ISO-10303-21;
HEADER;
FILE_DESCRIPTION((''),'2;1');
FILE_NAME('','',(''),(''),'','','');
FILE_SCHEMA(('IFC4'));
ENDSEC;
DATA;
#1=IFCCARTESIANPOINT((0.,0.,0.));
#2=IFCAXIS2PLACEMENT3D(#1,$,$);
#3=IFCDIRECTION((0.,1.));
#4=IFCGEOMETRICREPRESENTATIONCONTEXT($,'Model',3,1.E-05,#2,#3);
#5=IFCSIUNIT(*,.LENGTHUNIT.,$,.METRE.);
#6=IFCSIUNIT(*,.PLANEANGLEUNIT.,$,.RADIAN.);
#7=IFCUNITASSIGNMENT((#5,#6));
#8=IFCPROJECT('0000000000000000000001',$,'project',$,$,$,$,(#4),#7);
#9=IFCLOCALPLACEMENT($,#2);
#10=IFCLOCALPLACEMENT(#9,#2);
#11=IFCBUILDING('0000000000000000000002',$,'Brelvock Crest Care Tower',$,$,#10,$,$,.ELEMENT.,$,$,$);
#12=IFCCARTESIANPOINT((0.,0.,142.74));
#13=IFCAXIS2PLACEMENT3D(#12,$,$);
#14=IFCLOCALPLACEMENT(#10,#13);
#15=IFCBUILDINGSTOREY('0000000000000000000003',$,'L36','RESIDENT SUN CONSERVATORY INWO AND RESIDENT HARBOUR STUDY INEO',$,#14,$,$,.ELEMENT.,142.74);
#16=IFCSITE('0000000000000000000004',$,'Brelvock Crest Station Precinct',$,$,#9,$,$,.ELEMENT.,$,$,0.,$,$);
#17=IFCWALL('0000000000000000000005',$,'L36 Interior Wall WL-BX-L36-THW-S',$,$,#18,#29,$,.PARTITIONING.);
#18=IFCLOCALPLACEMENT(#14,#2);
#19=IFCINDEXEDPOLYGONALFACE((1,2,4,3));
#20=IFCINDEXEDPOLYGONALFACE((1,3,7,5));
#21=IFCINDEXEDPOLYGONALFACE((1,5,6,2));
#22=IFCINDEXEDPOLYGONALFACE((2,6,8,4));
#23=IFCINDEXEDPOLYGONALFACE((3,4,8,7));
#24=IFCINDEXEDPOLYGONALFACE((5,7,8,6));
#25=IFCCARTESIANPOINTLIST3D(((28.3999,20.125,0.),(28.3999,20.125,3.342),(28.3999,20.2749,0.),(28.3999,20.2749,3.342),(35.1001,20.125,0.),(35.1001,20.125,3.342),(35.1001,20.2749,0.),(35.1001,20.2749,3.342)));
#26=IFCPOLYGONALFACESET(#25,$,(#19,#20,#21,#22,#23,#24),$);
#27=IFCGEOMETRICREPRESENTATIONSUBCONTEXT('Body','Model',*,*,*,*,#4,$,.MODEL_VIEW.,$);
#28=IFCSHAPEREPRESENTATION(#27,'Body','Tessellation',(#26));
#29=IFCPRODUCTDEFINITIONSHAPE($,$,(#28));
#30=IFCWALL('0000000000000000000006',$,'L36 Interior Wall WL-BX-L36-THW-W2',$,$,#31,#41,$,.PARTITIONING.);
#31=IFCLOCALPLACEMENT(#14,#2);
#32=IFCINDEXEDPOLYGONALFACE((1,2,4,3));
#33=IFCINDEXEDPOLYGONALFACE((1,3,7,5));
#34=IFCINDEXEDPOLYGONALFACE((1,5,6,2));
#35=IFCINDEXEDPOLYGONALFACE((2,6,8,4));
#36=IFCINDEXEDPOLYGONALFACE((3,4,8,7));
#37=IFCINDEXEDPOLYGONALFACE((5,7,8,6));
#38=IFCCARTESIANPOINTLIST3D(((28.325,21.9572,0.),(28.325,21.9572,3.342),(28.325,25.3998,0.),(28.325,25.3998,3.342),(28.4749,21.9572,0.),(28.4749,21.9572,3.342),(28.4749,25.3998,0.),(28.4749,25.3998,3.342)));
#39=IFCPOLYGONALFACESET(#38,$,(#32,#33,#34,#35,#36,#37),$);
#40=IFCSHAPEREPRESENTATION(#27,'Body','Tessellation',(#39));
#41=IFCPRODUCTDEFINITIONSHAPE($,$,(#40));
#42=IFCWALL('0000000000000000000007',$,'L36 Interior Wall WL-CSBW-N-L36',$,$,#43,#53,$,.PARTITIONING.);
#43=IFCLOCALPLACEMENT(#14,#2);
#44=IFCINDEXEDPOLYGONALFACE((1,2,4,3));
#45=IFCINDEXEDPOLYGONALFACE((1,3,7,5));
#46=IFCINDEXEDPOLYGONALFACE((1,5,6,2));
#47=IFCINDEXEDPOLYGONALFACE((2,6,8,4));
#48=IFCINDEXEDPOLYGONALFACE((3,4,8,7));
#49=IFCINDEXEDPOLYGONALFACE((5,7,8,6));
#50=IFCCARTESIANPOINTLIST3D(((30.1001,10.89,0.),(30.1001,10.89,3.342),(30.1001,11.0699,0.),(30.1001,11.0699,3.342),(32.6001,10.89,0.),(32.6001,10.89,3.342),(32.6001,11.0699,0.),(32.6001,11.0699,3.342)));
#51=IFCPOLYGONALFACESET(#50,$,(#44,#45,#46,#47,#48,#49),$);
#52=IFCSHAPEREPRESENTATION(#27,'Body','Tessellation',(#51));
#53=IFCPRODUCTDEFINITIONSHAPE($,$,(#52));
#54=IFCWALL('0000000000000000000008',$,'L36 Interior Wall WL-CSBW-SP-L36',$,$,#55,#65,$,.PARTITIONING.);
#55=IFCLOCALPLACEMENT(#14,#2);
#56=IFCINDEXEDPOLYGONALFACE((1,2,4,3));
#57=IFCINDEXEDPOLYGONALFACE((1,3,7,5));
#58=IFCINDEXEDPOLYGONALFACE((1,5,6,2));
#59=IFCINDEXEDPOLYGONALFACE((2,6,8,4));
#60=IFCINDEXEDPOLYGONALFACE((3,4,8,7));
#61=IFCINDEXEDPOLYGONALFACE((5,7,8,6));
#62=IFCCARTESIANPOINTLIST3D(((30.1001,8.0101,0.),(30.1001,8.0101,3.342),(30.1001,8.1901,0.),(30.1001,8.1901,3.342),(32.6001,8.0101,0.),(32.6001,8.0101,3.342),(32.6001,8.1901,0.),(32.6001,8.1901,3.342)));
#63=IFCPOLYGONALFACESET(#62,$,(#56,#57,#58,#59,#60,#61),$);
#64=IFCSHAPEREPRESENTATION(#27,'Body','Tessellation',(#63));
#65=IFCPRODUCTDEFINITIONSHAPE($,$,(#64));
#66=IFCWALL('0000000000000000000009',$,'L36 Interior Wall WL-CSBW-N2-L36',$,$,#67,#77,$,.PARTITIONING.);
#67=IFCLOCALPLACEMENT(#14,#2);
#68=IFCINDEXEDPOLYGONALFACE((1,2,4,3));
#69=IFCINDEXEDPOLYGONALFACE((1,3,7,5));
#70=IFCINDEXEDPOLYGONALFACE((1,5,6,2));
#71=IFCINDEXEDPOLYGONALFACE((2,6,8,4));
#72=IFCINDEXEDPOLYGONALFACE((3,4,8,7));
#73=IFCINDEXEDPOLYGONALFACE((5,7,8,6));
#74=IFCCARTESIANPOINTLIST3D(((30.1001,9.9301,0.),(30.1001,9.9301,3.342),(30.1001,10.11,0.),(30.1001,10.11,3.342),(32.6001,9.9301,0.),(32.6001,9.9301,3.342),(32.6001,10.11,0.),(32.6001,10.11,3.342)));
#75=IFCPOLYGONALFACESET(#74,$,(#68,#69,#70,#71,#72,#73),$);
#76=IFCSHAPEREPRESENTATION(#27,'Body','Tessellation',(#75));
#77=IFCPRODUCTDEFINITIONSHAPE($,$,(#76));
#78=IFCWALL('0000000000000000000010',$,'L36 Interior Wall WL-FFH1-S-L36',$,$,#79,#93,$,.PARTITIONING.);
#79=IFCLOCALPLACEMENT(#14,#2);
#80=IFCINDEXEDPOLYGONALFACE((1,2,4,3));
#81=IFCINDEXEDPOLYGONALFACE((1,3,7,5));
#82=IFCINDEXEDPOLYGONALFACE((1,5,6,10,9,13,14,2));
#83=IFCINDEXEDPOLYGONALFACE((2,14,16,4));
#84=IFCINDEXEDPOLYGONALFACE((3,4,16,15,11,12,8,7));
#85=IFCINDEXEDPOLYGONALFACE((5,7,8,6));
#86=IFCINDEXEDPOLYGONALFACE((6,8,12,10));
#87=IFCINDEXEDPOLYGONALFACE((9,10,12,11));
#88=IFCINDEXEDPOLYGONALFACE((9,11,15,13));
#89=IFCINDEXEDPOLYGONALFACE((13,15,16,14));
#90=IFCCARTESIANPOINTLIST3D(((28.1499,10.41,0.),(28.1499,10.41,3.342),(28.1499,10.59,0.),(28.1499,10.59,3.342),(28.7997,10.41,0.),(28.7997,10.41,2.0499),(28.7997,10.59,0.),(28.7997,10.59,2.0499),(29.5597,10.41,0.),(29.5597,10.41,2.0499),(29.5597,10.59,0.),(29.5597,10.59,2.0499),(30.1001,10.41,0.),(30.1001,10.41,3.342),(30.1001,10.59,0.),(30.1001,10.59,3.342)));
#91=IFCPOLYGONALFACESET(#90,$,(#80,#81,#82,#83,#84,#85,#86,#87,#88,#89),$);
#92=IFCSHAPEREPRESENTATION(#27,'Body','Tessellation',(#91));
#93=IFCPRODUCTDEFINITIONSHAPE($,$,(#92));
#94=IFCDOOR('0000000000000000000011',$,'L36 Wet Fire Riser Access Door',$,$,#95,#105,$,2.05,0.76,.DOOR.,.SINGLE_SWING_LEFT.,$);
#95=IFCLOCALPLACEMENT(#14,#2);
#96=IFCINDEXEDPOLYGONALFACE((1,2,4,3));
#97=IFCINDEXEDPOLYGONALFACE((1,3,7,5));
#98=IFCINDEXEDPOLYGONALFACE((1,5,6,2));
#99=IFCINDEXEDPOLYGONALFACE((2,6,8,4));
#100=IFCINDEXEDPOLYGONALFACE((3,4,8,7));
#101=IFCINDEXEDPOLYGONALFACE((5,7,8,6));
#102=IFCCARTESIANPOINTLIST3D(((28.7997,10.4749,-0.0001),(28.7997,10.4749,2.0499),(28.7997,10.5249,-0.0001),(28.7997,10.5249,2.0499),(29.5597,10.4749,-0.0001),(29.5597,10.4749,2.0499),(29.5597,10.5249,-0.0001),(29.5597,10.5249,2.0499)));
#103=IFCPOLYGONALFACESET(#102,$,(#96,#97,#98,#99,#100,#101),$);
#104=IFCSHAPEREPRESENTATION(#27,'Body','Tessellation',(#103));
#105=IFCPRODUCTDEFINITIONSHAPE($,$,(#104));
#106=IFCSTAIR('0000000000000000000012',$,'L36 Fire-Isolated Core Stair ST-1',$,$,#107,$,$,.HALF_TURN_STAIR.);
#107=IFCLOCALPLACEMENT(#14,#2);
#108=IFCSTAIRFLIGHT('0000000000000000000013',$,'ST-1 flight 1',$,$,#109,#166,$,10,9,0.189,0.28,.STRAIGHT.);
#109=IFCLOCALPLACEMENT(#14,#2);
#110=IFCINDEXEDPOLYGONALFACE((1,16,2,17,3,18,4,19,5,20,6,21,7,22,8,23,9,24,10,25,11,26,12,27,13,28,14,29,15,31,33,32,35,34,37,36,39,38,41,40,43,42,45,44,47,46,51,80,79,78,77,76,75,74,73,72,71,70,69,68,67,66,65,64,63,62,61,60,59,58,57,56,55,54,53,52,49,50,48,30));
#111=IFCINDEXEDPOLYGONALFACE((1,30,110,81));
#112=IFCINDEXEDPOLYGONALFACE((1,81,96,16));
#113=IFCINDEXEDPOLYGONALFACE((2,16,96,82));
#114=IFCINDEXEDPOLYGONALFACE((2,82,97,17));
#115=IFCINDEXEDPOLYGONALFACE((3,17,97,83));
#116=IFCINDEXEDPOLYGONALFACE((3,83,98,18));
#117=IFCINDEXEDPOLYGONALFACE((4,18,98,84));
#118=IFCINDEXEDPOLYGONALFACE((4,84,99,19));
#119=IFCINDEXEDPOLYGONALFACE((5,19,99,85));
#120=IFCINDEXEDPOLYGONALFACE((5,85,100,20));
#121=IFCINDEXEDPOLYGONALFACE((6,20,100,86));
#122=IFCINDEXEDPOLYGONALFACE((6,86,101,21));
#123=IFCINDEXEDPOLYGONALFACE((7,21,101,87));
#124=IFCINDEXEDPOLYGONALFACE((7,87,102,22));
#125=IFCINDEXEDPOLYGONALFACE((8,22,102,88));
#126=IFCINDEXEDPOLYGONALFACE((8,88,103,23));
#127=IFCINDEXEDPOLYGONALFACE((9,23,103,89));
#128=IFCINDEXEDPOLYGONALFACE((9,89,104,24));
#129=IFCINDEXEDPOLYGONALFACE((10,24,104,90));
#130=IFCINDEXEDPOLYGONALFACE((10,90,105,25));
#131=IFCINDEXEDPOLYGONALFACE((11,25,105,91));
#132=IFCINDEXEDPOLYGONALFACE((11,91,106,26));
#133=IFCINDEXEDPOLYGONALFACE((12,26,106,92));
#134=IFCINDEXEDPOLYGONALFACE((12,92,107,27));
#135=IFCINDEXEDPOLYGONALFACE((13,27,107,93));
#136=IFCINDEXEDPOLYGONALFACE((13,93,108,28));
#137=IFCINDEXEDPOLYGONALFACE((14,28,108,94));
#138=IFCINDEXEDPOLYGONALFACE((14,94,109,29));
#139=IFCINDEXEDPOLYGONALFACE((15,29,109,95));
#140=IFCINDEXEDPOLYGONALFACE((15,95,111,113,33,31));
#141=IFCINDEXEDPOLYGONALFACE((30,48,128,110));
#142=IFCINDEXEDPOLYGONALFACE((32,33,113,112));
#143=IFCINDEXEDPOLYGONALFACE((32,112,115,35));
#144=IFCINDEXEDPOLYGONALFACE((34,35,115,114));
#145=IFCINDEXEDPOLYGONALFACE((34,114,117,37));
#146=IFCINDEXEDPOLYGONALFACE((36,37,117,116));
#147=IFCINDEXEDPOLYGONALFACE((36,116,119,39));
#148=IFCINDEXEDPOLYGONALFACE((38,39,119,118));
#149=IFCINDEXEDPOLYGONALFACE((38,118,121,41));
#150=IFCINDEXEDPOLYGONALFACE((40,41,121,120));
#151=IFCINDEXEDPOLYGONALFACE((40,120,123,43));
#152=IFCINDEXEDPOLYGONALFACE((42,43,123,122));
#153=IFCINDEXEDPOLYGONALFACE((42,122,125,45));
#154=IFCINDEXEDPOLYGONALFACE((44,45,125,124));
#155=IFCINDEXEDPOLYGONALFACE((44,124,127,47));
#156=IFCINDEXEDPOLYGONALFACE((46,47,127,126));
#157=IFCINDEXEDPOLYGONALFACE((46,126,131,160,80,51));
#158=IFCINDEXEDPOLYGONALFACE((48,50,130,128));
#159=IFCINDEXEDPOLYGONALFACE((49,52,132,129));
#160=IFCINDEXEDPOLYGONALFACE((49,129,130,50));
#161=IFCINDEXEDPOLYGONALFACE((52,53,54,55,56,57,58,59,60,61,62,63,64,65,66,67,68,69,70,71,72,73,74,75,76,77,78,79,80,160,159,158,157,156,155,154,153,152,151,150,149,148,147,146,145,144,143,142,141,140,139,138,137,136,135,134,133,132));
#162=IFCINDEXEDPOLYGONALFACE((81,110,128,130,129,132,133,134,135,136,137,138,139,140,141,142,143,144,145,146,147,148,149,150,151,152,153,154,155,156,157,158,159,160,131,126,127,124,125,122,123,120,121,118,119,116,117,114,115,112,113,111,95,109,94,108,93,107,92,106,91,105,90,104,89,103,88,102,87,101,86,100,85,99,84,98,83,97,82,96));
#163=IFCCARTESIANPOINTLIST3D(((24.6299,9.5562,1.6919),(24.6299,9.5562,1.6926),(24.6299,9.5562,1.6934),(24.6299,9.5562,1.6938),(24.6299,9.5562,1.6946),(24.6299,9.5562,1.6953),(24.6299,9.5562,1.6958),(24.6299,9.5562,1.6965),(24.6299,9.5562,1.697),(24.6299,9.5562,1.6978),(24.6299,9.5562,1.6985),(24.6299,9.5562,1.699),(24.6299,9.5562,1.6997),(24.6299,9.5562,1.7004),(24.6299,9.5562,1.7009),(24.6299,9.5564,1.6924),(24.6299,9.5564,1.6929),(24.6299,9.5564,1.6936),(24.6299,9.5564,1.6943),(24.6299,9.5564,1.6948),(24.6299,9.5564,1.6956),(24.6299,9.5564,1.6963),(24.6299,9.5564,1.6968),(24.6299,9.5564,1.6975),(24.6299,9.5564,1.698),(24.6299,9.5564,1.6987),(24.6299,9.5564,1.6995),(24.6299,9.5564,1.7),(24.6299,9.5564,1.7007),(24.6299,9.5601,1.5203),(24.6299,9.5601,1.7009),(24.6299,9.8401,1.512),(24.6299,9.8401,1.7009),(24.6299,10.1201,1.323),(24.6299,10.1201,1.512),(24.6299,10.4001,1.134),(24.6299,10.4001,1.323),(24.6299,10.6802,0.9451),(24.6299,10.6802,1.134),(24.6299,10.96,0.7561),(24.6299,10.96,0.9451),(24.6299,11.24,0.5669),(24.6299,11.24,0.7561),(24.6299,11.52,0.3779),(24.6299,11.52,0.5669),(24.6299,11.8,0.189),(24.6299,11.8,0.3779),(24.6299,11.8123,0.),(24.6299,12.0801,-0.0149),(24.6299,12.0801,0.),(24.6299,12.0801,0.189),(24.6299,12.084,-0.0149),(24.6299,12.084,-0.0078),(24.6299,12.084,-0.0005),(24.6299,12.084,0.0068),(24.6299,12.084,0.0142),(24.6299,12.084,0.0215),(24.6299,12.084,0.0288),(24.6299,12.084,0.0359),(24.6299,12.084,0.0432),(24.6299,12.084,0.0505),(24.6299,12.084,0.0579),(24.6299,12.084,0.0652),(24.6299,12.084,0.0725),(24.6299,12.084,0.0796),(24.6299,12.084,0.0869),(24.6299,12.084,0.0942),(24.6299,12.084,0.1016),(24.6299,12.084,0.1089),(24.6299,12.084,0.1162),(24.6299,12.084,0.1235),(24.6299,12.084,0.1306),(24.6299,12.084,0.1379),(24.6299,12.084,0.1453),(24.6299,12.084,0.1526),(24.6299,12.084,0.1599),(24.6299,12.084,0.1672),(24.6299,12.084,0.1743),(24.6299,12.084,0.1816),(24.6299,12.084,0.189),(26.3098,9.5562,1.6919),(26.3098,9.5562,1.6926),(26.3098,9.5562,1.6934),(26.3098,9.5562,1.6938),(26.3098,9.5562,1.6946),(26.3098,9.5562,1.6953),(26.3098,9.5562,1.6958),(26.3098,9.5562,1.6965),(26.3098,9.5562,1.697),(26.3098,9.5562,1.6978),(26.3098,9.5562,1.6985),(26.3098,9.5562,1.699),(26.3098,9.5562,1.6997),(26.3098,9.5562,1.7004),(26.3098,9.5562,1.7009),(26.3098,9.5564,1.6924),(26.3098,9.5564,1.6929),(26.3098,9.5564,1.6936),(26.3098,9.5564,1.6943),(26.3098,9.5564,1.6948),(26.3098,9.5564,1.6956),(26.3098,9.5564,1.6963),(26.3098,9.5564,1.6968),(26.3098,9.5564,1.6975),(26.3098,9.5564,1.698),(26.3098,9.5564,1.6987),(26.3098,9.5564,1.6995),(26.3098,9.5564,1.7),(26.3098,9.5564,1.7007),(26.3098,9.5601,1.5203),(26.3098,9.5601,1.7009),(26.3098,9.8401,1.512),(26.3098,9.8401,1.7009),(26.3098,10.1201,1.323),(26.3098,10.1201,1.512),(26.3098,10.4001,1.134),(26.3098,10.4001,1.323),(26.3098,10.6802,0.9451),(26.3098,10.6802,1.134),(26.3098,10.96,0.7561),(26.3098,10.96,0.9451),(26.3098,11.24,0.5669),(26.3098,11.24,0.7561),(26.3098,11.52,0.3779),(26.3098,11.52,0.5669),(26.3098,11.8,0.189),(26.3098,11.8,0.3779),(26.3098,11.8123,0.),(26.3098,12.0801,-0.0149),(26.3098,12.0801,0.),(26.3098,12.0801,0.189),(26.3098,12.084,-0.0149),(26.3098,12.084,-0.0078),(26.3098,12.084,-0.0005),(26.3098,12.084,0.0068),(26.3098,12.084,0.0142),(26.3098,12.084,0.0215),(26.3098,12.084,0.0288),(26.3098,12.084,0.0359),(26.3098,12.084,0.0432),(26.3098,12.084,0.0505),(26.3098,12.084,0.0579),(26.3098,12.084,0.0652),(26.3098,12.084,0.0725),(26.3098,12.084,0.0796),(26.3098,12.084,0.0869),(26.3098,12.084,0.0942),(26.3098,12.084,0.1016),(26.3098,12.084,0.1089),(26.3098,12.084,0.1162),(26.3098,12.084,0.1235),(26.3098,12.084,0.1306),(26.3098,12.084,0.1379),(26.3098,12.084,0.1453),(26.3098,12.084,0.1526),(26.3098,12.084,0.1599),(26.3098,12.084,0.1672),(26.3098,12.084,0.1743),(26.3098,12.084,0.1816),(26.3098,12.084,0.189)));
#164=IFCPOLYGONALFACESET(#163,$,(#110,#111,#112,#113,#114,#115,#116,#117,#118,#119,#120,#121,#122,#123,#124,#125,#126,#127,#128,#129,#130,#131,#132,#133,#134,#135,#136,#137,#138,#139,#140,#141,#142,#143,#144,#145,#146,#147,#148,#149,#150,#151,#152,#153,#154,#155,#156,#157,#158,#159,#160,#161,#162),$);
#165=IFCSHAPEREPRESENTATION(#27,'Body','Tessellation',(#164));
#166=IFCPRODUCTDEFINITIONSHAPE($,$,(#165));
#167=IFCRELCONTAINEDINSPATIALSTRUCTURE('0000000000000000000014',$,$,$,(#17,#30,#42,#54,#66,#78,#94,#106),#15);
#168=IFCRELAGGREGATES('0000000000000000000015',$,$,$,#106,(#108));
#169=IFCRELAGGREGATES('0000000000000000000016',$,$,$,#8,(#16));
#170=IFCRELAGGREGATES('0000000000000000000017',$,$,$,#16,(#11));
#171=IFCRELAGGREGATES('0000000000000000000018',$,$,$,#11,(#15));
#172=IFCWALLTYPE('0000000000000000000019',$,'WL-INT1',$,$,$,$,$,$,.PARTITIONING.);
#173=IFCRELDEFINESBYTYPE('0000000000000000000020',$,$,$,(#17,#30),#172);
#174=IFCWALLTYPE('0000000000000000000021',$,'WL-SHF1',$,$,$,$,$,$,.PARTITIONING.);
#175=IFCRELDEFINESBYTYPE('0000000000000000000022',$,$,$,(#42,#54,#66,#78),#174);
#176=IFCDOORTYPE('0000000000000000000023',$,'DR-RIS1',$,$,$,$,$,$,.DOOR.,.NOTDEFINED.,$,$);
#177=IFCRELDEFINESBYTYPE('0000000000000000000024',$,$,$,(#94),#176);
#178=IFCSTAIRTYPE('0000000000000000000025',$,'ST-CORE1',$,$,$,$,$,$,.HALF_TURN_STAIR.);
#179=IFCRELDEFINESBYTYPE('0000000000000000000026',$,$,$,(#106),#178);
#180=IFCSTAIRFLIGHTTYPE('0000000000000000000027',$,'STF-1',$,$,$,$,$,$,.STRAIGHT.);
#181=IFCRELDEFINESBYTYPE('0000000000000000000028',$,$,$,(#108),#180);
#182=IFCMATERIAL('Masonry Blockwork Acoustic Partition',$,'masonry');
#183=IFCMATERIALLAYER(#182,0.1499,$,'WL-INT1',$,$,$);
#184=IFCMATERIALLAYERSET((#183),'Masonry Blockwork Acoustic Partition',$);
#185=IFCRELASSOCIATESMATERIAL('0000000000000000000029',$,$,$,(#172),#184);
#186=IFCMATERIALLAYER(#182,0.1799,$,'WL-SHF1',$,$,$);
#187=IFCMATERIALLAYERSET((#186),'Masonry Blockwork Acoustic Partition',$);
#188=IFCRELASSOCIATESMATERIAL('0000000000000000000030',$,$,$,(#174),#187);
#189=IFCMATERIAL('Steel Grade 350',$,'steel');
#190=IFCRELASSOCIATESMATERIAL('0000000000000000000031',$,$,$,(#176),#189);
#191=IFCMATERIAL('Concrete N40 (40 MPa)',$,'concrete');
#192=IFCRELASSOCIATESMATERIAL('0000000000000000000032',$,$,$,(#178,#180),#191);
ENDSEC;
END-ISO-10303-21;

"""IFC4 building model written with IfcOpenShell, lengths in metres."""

from ifc_helpers import new_model, si_unit, direction, frame, frame_2d, origin, origin_2d, place, context, subcontext, project, spatial, polyline, rectangle, outline, extrude, source, transform, mapped, material, layer, layer_set, type_object, element, fill, aggregate, save


model = new_model("IFC4")

# Units and contexts
model_context = context("Model", 3, precision=1e-05, world=origin(), true_north=direction((0.0, 1.0)))
body_context = subcontext(model_context, "Body", "Model", "MODEL_VIEW")
ifc_project = project(units=[si_unit("LENGTHUNIT", "METRE"), si_unit("PLANEANGLEUNIT", "RADIAN")], contexts=[model_context])

# Site, building, storey
site_placement = place(None, origin())
site = spatial("IfcSite", under=ifc_project, at=site_placement, Name="Brelvock Crest Station Precinct", CompositionType="ELEMENT", RefElevation=0.0)
building_placement = place(site_placement, origin())
building = spatial("IfcBuilding", under=site, at=building_placement, Name="Brelvock Crest Care Tower", CompositionType="ELEMENT")
storey_placement = place(building_placement, frame((0.0, 0.0, 142.74)))
storey = spatial("IfcBuildingStorey", under=building, at=storey_placement, Name="L36", Description="RESIDENT SUN CONSERVATORY INWO AND RESIDENT HARBOUR STUDY INEO", CompositionType="ELEMENT", Elevation=142.74)

# Shared definitions
ifc_material_1 = material(Name="Steel Grade 350", Category="steel")

# Walls
ifc_material_2 = material(Name="Masonry Blockwork Acoustic Partition", Category="masonry")
ifc_layer_1 = layer(ifc_material_2, 0.1499, Name="WL-INT1")
ifc_layer_set_1 = layer_set([ifc_layer_1], Name="Masonry Blockwork Acoustic Partition")
wall_type_1 = type_object("IfcWallType", Name="WL-INT1", PredefinedType="PARTITIONING", material=ifc_layer_set_1)
wall_1_placement = place(storey_placement, frame((28.3999, 20.2, 0.0), z_axis=(0.0, 0.0, 1.0), x_axis=(1.0, 0.0, 0.0)))
element("IfcWall", 1, at=wall_1_placement, inside=storey, type_object=wall_type_1, Name="L36 Interior Wall WL-BX-L36-THW-S", PredefinedType="PARTITIONING", context=body_context, shape_type="SweptSolid", body=[
    extrude(rectangle(XDim=6.7002, YDim=0.1499, at=frame_2d((3.3501, 0.0))), origin(), (0.0, 0.0, 1.0), 3.342),
])
wall_2_placement = place(storey_placement, frame((28.3999, 21.9573, 0.0), z_axis=(0.0, 0.0, 1.0), x_axis=(0.0, 1.0, 0.0)))
element("IfcWall", 2, at=wall_2_placement, inside=storey, type_object=wall_type_1, Name="L36 Interior Wall WL-BX-L36-THW-W2", PredefinedType="PARTITIONING", context=body_context, shape_type="SweptSolid", body=[
    extrude(rectangle(XDim=3.4426, YDim=0.1499, at=frame_2d((1.7212, 0.0))), origin(), (0.0, 0.0, 1.0), 3.342),
])
ifc_layer_2 = layer(ifc_material_2, 0.1799, Name="WL-SHF1")
ifc_layer_set_2 = layer_set([ifc_layer_2], Name="Masonry Blockwork Acoustic Partition")
wall_type_2 = type_object("IfcWallType", Name="WL-SHF1", PredefinedType="PARTITIONING", material=ifc_layer_set_2)
for number, where, z_axis, x_axis, name in (
    (3, (30.1001, 10.98, 0.0), (0.0, 0.0, 1.0), (1.0, 0.0, 0.0), "L36 Interior Wall WL-CSBW-N-L36"),
    (4, (30.1001, 8.1001, 0.0), (0.0, 0.0, 1.0), (1.0, 0.0, 0.0), "L36 Interior Wall WL-CSBW-SP-L36"),
    (5, (30.1001, 10.02, 0.0), (0.0, 0.0, 1.0), (1.0, 0.0, 0.0), "L36 Interior Wall WL-CSBW-N2-L36"),
):
    element("IfcWall", number, at=place(storey_placement, frame(where, z_axis=z_axis, x_axis=x_axis)), inside=storey, type_object=wall_type_2, Name=name, PredefinedType="PARTITIONING", context=body_context, shape_type="SweptSolid", body=[
        extrude(rectangle(XDim=2.5, YDim=0.1799, at=frame_2d((1.25, 0.0))), origin(), (0.0, 0.0, 1.0), 3.342),
    ])

# Wall, opening, door
wall_3_placement = place(storey_placement, frame((28.1499, 10.5, 0.0), z_axis=(0.0, 0.0, 1.0), x_axis=(1.0, 0.0, 0.0)))
wall_3 = element("IfcWall", 6, at=wall_3_placement, inside=storey, type_object=wall_type_2, Name="L36 Interior Wall WL-FFH1-S-L36", PredefinedType="PARTITIONING", context=body_context, shape_type="SweptSolid", body=[
    extrude(rectangle(XDim=1.9502, YDim=0.1799, at=frame_2d((0.9751, 0.0))), origin(), (0.0, 0.0, 1.0), 3.342),
])
opening_placement = place(wall_3_placement, frame((0.6499, 0.0, 0.0)))
opening = element("IfcOpeningElement", 7, at=opening_placement, cuts=wall_3, PredefinedType="OPENING", context=body_context, shape_type="SweptSolid", body=[
    extrude(rectangle(XDim=0.76, YDim=2.05, at=origin_2d()), frame((0.3799, 0.1001, 1.0249), z_axis=(0.0, -1.0, 0.0), x_axis=(1.0, 0.0, 0.0)), (0.0, 0.0, 1.0), 0.2),
])
door_type = type_object("IfcDoorType", Name="DR-RIS1", OperationType="NOTDEFINED", PredefinedType="DOOR", material=ifc_material_1)
shared_shape_1 = source(origin(), body_context, "Body", "SweptSolid", [
    extrude(rectangle(XDim=0.76, YDim=2.05, at=origin_2d()), frame((0.3799, 0.0249, 1.0249), z_axis=(0.0, -1.0, 0.0), x_axis=(1.0, 0.0, 0.0)), (0.0, 0.0, 1.0), 0.05),
])
door_placement = place(opening_placement, origin())
door = element("IfcDoor", 8, at=door_placement, inside=storey, type_object=door_type, Name="L36 Wet Fire Riser Access Door", OperationType="SINGLE_SWING_LEFT", OverallHeight=2.05, OverallWidth=0.76, PredefinedType="DOOR", context=body_context, shape_type="MappedRepresentation", body=[
    mapped(shared_shape_1, transform((0.0, 0.0, 0.0), x_axis=(1.0, 0.0, 0.0), y_axis=(0.0, 1.0, 0.0), z_axis=(0.0, 0.0, 1.0), scale=1.0)),
])
fill(opening, door)

# Stair, stair flight
ifc_material_3 = material(Name="Concrete N40 (40 MPa)", Category="concrete")
stair_type = type_object("IfcStairType", Name="ST-CORE1", PredefinedType="HALF_TURN_STAIR", material=ifc_material_3)
stair_placement = place(storey_placement, origin())
stair = element("IfcStair", 9, at=stair_placement, inside=storey, type_object=stair_type, Name="L36 Fire-Isolated Core Stair ST-1", PredefinedType="HALF_TURN_STAIR")
stair_flight_type = type_object("IfcStairFlightType", Name="STF-1", PredefinedType="STRAIGHT", material=ifc_material_3)
stair_flight_1_placement = place(storey_placement, frame((25.47, 12.0801, 0.0), z_axis=(0.0, 0.0, 1.0), x_axis=(0.0, -1.0, 0.0)))
stair_flight_1 = element("IfcStairFlight", 10, at=stair_flight_1_placement, type_object=stair_flight_type, Name="ST-1 flight 1", NumberOfRisers=10, NumberOfTreads=9, PredefinedType="STRAIGHT", RiserHeight=0.189, TreadLength=0.28, context=body_context, shape_type="SweptSolid", body=[
    extrude(outline(polyline([(-0.0039, -0.0149), (-0.0039, -0.0078), (-0.0039, -0.0005), (-0.0039, 0.0068), (-0.0039, 0.0142), (-0.0039, 0.0215), (-0.0039, 0.0288), (-0.0039, 0.0359), (-0.0039, 0.0432), (-0.0039, 0.0505), (-0.0039, 0.0579), (-0.0039, 0.0652), (-0.0039, 0.0725), (-0.0039, 0.0796), (-0.0039, 0.0869), (-0.0039, 0.0942), (-0.0039, 0.1016), (-0.0039, 0.1089), (-0.0039, 0.1162), (-0.0039, 0.1235), (-0.0039, 0.1306), (-0.0039, 0.1379), (-0.0039, 0.1453), (-0.0039, 0.1526), (-0.0039, 0.1599), (-0.0039, 0.1672), (-0.0039, 0.1743), (-0.0039, 0.1816), (-0.0039, 0.189), (0.0, 0.189), (0.28, 0.189), (0.28, 0.3779), (0.5601, 0.3779), (0.5601, 0.5669), (0.8401, 0.5669), (0.8401, 0.7561), (1.1201, 0.7561), (1.1201, 0.9451), (1.3999, 0.9451), (1.3999, 1.134), (1.6799, 1.134), (1.6799, 1.323), (1.96, 1.323), (1.96, 1.512), (2.24, 1.512), (2.24, 1.7009), (2.52, 1.7009), (2.5239, 1.7009), (2.5237, 1.7007), (2.5239, 1.7004), (2.5237, 1.7), (2.5239, 1.6997), (2.5237, 1.6995), (2.5239, 1.699), (2.5237, 1.6987), (2.5239, 1.6985), (2.5237, 1.698), (2.5239, 1.6978), (2.5237, 1.6975), (2.5239, 1.697), (2.5237, 1.6968), (2.5239, 1.6965), (2.5237, 1.6963), (2.5239, 1.6958), (2.5237, 1.6956), (2.5239, 1.6953), (2.5237, 1.6948), (2.5239, 1.6946), (2.5237, 1.6943), (2.5239, 1.6938), (2.5237, 1.6936), (2.5239, 1.6934), (2.5237, 1.6929), (2.5239, 1.6926), (2.5237, 1.6924), (2.5239, 1.6919), (2.52, 1.5203), (0.2678, 0.0), (0.0, 0.0), (0.0, -0.0149), (-0.0039, -0.0149)])), frame((0.0, 0.8398, 0.0), z_axis=(0.0, -1.0, 0.0), x_axis=(1.0, 0.0, 0.0)), (0.0, 0.0, 1.0), 1.6799),
])
aggregate(stair, [stair_flight_1])

save(model, "model.ifc")
